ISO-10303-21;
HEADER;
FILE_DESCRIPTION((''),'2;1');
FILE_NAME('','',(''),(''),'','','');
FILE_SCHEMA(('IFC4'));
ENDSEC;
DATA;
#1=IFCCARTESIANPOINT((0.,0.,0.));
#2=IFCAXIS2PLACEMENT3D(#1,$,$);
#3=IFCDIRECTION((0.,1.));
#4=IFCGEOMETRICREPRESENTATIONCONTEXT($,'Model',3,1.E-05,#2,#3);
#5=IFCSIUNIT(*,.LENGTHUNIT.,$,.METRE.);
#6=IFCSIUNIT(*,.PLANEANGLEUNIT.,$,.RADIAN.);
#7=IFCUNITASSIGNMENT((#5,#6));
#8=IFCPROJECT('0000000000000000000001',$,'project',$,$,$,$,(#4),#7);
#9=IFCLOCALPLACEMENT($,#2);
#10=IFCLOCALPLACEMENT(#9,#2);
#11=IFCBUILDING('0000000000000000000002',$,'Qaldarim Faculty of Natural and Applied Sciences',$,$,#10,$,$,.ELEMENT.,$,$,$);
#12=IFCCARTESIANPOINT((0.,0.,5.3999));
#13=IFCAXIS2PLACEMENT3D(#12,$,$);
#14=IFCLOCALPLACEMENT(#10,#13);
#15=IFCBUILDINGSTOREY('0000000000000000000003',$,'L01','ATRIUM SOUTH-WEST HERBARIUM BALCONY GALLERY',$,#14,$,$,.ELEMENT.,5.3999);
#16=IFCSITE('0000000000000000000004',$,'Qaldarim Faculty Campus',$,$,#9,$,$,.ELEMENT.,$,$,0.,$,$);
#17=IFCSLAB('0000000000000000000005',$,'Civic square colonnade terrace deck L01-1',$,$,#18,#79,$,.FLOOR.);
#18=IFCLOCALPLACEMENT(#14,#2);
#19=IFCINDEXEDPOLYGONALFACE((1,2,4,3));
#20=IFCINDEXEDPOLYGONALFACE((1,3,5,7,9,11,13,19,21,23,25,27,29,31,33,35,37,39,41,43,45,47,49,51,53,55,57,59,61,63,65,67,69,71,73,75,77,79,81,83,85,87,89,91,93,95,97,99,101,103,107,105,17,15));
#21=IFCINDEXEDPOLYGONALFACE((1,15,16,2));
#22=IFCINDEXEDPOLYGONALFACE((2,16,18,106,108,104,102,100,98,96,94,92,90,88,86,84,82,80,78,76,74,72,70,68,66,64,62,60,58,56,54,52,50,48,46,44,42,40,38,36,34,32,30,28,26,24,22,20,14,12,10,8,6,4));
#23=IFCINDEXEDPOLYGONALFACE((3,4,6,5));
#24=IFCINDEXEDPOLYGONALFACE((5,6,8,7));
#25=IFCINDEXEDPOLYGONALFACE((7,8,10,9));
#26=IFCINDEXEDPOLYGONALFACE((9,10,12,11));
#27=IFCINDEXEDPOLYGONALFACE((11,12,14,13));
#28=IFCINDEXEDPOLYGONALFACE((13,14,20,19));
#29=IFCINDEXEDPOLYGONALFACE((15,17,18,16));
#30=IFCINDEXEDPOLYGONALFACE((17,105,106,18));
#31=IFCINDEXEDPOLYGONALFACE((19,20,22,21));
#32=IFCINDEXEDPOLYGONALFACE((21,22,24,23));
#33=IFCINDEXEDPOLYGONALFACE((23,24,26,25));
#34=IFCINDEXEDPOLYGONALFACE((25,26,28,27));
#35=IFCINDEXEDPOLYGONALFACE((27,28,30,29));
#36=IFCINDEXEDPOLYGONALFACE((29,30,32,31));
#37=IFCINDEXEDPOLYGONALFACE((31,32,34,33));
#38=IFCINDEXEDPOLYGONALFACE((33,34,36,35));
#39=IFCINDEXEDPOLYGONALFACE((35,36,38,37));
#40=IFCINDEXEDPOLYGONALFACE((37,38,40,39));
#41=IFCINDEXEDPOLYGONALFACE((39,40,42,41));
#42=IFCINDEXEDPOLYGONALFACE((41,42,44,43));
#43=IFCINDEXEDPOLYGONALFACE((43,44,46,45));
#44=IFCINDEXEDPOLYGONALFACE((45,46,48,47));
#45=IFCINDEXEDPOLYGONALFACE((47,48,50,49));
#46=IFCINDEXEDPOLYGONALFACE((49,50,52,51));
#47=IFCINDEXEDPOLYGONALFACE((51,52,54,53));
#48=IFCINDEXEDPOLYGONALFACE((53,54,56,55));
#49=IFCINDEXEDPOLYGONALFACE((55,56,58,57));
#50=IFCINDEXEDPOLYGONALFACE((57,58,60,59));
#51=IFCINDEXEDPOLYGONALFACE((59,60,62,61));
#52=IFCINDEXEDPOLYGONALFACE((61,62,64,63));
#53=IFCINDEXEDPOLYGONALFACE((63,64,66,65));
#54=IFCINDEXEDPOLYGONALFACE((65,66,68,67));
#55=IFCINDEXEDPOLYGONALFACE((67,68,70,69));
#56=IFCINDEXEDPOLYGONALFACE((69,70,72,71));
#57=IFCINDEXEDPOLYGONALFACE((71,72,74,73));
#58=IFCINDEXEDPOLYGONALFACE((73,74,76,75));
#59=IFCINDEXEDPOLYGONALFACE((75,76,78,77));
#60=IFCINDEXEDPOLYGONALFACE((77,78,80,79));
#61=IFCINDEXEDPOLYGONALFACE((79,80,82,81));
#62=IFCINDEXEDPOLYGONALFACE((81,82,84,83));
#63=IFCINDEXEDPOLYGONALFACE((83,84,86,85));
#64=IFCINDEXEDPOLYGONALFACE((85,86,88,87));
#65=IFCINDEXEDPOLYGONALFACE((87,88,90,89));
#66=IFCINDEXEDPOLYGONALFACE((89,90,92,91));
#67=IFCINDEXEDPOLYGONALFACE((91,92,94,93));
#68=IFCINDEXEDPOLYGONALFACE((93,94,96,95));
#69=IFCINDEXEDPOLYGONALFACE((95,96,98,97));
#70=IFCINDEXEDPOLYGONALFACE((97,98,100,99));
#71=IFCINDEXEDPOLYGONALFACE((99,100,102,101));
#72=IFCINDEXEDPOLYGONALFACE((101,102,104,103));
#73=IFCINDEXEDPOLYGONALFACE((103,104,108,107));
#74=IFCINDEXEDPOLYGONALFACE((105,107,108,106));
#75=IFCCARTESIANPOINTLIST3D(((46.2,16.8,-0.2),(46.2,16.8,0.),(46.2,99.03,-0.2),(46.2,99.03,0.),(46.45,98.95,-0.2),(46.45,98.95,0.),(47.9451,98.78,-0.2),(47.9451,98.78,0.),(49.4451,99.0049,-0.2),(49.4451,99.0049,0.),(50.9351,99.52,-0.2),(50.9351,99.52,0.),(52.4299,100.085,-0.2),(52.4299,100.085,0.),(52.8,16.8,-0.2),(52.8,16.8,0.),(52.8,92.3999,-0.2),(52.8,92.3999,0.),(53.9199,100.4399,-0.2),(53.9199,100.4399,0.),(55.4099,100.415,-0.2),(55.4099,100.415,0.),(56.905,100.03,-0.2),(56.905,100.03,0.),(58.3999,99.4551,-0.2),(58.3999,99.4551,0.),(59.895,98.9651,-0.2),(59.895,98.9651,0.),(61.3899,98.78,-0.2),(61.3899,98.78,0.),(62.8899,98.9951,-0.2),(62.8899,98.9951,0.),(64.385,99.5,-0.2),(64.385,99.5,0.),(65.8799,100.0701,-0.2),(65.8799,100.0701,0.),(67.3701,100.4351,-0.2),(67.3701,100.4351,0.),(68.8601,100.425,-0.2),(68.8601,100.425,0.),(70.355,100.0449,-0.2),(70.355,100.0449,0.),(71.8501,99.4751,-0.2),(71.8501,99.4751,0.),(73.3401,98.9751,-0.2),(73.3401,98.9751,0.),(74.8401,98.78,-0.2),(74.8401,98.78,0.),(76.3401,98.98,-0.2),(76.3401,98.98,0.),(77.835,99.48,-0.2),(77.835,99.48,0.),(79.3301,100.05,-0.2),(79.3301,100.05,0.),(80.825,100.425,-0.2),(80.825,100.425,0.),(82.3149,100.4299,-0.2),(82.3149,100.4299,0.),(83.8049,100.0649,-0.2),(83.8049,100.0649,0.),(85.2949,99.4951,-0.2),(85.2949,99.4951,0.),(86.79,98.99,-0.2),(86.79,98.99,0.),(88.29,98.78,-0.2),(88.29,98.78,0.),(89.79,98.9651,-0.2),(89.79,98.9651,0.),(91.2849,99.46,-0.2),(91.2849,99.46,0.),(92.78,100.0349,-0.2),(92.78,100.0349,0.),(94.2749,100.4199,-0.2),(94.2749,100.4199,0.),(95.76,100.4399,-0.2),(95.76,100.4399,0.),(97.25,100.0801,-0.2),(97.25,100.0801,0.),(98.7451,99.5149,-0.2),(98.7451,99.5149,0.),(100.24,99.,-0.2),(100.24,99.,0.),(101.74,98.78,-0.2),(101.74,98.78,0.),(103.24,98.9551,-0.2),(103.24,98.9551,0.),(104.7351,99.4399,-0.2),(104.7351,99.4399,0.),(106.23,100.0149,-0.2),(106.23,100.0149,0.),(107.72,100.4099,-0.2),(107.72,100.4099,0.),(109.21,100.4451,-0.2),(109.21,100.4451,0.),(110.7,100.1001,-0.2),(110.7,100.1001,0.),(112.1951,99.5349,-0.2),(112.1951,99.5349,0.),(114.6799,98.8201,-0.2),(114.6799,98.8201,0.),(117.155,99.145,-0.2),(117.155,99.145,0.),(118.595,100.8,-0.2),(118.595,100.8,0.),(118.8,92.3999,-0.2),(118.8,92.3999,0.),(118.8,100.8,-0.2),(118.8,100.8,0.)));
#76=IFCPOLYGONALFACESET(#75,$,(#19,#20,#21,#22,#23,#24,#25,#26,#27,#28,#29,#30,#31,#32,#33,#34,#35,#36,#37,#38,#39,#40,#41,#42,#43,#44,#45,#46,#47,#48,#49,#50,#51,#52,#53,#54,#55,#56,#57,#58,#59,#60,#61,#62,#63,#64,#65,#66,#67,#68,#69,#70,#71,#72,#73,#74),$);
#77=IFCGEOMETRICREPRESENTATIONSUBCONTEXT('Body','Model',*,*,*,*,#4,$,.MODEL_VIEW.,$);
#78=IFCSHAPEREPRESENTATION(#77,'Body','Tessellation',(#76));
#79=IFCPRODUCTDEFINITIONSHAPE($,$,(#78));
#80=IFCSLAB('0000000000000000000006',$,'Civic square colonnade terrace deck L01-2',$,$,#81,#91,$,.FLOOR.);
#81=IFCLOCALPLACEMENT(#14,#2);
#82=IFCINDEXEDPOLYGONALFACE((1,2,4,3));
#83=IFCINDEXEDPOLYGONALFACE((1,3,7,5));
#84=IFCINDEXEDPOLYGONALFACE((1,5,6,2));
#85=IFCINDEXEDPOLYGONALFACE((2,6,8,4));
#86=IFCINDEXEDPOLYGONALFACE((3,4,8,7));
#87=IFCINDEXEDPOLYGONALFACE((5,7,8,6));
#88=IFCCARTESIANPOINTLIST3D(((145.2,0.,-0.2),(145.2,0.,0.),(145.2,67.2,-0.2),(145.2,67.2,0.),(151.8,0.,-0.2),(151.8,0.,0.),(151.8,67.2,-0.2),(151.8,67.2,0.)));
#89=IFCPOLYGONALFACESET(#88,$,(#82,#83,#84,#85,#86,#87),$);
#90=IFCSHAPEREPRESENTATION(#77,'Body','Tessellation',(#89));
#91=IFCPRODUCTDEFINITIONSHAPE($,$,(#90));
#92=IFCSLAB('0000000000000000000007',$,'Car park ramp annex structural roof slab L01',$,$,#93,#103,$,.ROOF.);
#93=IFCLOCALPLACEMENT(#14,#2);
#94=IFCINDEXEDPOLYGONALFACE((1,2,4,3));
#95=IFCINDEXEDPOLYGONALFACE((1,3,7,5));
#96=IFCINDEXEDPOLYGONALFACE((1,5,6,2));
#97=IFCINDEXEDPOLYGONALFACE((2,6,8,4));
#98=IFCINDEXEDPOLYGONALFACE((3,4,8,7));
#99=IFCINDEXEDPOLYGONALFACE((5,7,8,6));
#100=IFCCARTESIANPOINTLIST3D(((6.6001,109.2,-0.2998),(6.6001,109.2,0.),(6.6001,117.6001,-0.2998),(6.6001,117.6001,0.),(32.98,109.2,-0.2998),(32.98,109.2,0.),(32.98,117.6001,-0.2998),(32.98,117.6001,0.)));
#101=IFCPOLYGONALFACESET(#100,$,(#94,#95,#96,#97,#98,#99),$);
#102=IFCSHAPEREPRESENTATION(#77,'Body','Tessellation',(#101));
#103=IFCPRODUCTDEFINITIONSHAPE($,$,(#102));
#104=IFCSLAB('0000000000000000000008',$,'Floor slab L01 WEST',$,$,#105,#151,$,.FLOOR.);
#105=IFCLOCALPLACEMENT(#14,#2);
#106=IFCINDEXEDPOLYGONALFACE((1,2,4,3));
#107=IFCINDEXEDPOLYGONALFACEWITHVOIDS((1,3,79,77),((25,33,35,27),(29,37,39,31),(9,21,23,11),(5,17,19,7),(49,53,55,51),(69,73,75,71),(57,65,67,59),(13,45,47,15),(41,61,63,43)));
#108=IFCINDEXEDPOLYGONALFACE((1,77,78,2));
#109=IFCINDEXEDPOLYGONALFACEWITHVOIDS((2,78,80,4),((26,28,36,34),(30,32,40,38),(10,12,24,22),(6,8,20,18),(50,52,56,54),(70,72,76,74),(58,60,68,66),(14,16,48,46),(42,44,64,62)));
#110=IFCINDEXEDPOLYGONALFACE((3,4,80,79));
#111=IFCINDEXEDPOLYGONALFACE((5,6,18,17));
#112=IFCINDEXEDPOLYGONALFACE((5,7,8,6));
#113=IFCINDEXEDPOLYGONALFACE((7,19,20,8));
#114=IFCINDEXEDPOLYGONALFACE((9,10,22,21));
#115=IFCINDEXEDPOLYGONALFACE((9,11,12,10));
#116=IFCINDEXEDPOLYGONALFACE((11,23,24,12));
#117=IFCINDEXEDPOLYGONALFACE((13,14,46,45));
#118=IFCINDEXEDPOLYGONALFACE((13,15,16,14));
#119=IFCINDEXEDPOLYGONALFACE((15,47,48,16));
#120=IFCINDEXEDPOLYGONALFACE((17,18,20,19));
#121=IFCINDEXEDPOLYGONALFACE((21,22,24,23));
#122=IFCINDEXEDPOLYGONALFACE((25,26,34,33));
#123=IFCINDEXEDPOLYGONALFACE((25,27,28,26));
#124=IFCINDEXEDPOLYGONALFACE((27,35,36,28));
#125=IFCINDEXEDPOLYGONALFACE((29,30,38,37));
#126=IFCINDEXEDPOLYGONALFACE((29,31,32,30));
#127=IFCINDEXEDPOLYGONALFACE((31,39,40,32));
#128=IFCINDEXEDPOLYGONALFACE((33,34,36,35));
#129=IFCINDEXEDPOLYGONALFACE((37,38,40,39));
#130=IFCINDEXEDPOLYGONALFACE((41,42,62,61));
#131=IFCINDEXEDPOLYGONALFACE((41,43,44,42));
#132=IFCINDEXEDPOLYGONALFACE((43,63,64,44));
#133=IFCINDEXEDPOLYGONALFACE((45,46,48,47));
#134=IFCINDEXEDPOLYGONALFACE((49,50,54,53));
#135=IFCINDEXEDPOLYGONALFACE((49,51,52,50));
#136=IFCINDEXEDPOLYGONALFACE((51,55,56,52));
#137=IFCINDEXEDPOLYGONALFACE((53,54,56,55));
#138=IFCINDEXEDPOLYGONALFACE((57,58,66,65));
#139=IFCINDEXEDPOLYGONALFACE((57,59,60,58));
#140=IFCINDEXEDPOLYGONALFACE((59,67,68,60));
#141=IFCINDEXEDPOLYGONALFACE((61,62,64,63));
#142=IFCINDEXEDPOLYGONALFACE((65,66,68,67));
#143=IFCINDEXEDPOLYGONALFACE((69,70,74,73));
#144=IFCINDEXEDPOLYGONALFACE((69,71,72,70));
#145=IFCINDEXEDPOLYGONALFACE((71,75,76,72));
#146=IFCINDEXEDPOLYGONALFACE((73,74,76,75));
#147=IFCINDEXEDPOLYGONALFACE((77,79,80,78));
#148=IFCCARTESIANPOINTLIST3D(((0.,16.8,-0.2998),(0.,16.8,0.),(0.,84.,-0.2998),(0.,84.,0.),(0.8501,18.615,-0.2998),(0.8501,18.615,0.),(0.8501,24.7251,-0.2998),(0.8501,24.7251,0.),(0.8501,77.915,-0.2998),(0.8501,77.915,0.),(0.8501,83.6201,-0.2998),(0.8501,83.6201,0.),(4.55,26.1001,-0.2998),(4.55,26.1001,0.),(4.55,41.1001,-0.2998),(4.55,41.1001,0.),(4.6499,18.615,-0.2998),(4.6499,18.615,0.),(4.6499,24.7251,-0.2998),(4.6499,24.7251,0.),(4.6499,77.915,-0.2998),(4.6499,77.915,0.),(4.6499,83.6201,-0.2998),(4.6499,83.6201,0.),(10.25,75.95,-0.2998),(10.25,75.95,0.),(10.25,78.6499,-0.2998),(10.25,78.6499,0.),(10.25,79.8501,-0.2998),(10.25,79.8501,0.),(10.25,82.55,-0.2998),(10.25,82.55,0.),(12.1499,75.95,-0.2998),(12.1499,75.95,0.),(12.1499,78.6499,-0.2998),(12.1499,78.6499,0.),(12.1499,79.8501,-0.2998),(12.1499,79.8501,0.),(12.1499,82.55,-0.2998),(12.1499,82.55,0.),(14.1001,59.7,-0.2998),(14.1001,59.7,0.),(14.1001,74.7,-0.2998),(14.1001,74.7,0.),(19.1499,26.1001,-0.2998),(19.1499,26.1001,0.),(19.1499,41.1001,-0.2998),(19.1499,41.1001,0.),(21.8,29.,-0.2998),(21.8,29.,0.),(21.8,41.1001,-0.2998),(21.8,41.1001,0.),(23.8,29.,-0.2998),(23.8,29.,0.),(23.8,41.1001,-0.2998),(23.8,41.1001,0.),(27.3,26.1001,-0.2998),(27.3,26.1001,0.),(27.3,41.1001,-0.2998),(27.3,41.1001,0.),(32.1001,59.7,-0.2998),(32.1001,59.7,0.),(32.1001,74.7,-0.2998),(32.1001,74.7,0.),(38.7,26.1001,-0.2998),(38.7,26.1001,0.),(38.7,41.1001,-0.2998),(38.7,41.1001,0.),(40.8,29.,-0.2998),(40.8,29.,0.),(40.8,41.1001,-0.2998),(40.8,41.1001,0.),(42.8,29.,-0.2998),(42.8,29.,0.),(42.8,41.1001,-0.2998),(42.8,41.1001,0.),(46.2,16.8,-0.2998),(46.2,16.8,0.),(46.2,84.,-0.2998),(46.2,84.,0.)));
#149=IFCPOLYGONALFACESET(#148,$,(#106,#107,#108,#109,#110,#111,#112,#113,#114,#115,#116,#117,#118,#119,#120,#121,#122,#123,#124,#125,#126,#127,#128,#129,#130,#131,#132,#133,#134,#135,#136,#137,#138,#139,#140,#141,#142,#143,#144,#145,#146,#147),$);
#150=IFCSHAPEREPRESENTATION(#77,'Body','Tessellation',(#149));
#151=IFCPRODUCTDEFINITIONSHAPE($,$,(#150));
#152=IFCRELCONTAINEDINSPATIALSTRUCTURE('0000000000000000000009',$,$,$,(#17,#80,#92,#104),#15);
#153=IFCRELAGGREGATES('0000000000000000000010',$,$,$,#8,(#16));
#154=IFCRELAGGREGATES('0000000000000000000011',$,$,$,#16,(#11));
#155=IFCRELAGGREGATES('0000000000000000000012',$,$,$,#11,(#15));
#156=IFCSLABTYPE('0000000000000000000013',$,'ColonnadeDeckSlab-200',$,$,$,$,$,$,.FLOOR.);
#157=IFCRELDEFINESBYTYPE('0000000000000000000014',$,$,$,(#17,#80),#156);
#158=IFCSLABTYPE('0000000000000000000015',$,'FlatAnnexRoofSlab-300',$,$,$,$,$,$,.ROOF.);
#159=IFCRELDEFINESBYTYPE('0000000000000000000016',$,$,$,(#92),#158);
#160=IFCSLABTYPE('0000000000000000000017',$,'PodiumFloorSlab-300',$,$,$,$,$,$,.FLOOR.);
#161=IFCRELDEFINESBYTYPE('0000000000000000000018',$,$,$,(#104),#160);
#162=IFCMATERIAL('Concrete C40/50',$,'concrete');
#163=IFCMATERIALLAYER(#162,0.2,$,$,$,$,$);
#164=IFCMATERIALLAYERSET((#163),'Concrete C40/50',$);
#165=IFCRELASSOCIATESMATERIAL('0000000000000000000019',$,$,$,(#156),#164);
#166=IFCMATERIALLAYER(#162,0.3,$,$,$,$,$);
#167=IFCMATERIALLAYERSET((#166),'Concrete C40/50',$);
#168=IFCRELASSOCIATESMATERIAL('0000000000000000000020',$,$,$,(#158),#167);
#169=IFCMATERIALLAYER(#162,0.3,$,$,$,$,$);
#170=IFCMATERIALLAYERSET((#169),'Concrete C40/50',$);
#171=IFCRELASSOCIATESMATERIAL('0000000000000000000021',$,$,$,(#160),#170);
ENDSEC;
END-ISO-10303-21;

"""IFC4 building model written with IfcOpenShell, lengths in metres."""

from ifc_helpers import new_model, si_unit, direction, frame, origin, place, context, subcontext, project, spatial, polyline, outline, extrude, material, layer, layer_set, type_object, element, save


model = new_model("IFC4")

# Units and contexts
model_context = context("Model", 3, precision=1e-05, world=origin(), true_north=direction((0.0, 1.0)))
body_context = subcontext(model_context, "Body", "Model", "MODEL_VIEW")
ifc_project = project(units=[si_unit("LENGTHUNIT", "METRE"), si_unit("PLANEANGLEUNIT", "RADIAN")], contexts=[model_context])

# Site, building, storey
site_placement = place(None, origin())
site = spatial("IfcSite", under=ifc_project, at=site_placement, Name="Qaldarim Faculty Campus", CompositionType="ELEMENT", RefElevation=0.0)
building_placement = place(site_placement, origin())
building = spatial("IfcBuilding", under=site, at=building_placement, Name="Qaldarim Faculty of Natural and Applied Sciences", CompositionType="ELEMENT")
storey_placement = place(building_placement, frame((0.0, 0.0, 5.3999)))
storey = spatial("IfcBuildingStorey", under=building, at=storey_placement, Name="L01", Description="ATRIUM SOUTH-WEST HERBARIUM BALCONY GALLERY", CompositionType="ELEMENT", Elevation=5.3999)

# Slabs
ifc_material_1 = material(Name="Concrete C40/50", Category="concrete")
ifc_layer_1 = layer(ifc_material_1, 0.2)
ifc_layer_set_1 = layer_set([ifc_layer_1], Name="Concrete C40/50")
slab_type_1 = type_object("IfcSlabType", Name="ColonnadeDeckSlab-200", PredefinedType="FLOOR", material=ifc_layer_set_1)
slab_1_placement = place(storey_placement, frame((0.0, 0.0, -0.2)))
element("IfcSlab", 1, at=slab_1_placement, inside=storey, type_object=slab_type_1, Name="Civic square colonnade terrace deck L01-1", PredefinedType="FLOOR", context=body_context, shape_type="SweptSolid", body=[
    extrude(outline(polyline([(46.2, 16.8), (46.2, 99.03), (46.45, 98.95), (47.9451, 98.78), (49.4451, 99.0049), (50.9351, 99.52), (52.4299, 100.085), (53.9199, 100.4399), (55.4099, 100.415), (56.905, 100.03), (58.3999, 99.4551), (59.895, 98.9651), (61.3899, 98.78), (62.8899, 98.9951), (64.385, 99.5), (65.8799, 100.0701), (67.3701, 100.4351), (68.8601, 100.425), (70.355, 100.0449), (71.8501, 99.4751), (73.3401, 98.9751), (74.8401, 98.78), (76.3401, 98.98), (77.835, 99.48), (79.3301, 100.05), (80.825, 100.425), (82.3149, 100.4299), (83.8049, 100.0649), (85.2949, 99.4951), (86.79, 98.99), (88.29, 98.78), (89.79, 98.9651), (91.2849, 99.46), (92.78, 100.0349), (94.2749, 100.4199), (95.76, 100.4399), (97.25, 100.0801), (98.7451, 99.5149), (100.24, 99.0), (101.74, 98.78), (103.24, 98.9551), (104.7351, 99.4399), (106.23, 100.0149), (107.72, 100.4099), (109.21, 100.4451), (110.7, 100.1001), (112.1951, 99.5349), (114.6799, 98.8201), (117.155, 99.145), (118.595, 100.8), (118.8, 100.8), (118.8, 92.3999), (52.8, 92.3999), (52.8, 16.8), (46.2, 16.8)])), origin(), (0.0, 0.0, 1.0), 0.2),
])
slab_2_placement = place(storey_placement, frame((0.0, 0.0, -0.2)))
element("IfcSlab", 2, at=slab_2_placement, inside=storey, type_object=slab_type_1, Name="Civic square colonnade terrace deck L01-2", PredefinedType="FLOOR", context=body_context, shape_type="SweptSolid", body=[
    extrude(outline(polyline([(145.2, 0.0), (145.2, 67.2), (151.8, 67.2), (151.8, 0.0), (145.2, 0.0)])), origin(), (0.0, 0.0, 1.0), 0.2),
])
ifc_layer_2 = layer(ifc_material_1, 0.3)
ifc_layer_set_2 = layer_set([ifc_layer_2], Name="Concrete C40/50")
slab_type_2 = type_object("IfcSlabType", Name="FlatAnnexRoofSlab-300", PredefinedType="ROOF", material=ifc_layer_set_2)
slab_3_placement = place(storey_placement, frame((0.0, 0.0, -0.2998)))
element("IfcSlab", 3, at=slab_3_placement, inside=storey, type_object=slab_type_2, Name="Car park ramp annex structural roof slab L01", PredefinedType="ROOF", context=body_context, shape_type="SweptSolid", body=[
    extrude(outline(polyline([(6.6001, 109.2), (32.98, 109.2), (32.98, 117.6001), (6.6001, 117.6001), (6.6001, 109.2)])), origin(), (0.0, 0.0, 1.0), 0.2998),
])
ifc_layer_3 = layer(ifc_material_1, 0.3)
ifc_layer_set_3 = layer_set([ifc_layer_3], Name="Concrete C40/50")
slab_type_3 = type_object("IfcSlabType", Name="PodiumFloorSlab-300", PredefinedType="FLOOR", material=ifc_layer_set_3)
slab_4_placement = place(storey_placement, frame((0.0, 0.0, -0.2998)))
element("IfcSlab", 4, at=slab_4_placement, inside=storey, type_object=slab_type_3, Name="Floor slab L01 WEST", PredefinedType="FLOOR", context=body_context, shape_type="SweptSolid", body=[
    extrude(outline(polyline([(0.0, 16.8), (0.0, 84.0), (46.2, 84.0), (46.2, 16.8), (0.0, 16.8)]), holes=[polyline([(4.6499, 18.615), (4.6499, 24.7251), (0.8501, 24.7251), (0.8501, 18.615), (4.6499, 18.615)]), polyline([(4.6499, 77.915), (4.6499, 83.6201), (0.8501, 83.6201), (0.8501, 77.915), (4.6499, 77.915)]), polyline([(10.25, 75.95), (12.1499, 75.95), (12.1499, 78.6499), (10.25, 78.6499), (10.25, 75.95)]), polyline([(10.25, 79.8501), (12.1499, 79.8501), (12.1499, 82.55), (10.25, 82.55), (10.25, 79.8501)]), polyline([(14.1001, 59.7), (32.1001, 59.7), (32.1001, 74.7), (14.1001, 74.7), (14.1001, 59.7)]), polyline([(4.55, 26.1001), (19.1499, 26.1001), (19.1499, 41.1001), (4.55, 41.1001), (4.55, 26.1001)]), polyline([(27.3, 26.1001), (38.7, 26.1001), (38.7, 41.1001), (27.3, 41.1001), (27.3, 26.1001)]), polyline([(21.8, 29.0), (23.8, 29.0), (23.8, 41.1001), (21.8, 41.1001), (21.8, 29.0)]), polyline([(40.8, 29.0), (42.8, 29.0), (42.8, 41.1001), (40.8, 41.1001), (40.8, 29.0)])]), origin(), (0.0, 0.0, 1.0), 0.2998),
])

save(model, "model.ifc")
